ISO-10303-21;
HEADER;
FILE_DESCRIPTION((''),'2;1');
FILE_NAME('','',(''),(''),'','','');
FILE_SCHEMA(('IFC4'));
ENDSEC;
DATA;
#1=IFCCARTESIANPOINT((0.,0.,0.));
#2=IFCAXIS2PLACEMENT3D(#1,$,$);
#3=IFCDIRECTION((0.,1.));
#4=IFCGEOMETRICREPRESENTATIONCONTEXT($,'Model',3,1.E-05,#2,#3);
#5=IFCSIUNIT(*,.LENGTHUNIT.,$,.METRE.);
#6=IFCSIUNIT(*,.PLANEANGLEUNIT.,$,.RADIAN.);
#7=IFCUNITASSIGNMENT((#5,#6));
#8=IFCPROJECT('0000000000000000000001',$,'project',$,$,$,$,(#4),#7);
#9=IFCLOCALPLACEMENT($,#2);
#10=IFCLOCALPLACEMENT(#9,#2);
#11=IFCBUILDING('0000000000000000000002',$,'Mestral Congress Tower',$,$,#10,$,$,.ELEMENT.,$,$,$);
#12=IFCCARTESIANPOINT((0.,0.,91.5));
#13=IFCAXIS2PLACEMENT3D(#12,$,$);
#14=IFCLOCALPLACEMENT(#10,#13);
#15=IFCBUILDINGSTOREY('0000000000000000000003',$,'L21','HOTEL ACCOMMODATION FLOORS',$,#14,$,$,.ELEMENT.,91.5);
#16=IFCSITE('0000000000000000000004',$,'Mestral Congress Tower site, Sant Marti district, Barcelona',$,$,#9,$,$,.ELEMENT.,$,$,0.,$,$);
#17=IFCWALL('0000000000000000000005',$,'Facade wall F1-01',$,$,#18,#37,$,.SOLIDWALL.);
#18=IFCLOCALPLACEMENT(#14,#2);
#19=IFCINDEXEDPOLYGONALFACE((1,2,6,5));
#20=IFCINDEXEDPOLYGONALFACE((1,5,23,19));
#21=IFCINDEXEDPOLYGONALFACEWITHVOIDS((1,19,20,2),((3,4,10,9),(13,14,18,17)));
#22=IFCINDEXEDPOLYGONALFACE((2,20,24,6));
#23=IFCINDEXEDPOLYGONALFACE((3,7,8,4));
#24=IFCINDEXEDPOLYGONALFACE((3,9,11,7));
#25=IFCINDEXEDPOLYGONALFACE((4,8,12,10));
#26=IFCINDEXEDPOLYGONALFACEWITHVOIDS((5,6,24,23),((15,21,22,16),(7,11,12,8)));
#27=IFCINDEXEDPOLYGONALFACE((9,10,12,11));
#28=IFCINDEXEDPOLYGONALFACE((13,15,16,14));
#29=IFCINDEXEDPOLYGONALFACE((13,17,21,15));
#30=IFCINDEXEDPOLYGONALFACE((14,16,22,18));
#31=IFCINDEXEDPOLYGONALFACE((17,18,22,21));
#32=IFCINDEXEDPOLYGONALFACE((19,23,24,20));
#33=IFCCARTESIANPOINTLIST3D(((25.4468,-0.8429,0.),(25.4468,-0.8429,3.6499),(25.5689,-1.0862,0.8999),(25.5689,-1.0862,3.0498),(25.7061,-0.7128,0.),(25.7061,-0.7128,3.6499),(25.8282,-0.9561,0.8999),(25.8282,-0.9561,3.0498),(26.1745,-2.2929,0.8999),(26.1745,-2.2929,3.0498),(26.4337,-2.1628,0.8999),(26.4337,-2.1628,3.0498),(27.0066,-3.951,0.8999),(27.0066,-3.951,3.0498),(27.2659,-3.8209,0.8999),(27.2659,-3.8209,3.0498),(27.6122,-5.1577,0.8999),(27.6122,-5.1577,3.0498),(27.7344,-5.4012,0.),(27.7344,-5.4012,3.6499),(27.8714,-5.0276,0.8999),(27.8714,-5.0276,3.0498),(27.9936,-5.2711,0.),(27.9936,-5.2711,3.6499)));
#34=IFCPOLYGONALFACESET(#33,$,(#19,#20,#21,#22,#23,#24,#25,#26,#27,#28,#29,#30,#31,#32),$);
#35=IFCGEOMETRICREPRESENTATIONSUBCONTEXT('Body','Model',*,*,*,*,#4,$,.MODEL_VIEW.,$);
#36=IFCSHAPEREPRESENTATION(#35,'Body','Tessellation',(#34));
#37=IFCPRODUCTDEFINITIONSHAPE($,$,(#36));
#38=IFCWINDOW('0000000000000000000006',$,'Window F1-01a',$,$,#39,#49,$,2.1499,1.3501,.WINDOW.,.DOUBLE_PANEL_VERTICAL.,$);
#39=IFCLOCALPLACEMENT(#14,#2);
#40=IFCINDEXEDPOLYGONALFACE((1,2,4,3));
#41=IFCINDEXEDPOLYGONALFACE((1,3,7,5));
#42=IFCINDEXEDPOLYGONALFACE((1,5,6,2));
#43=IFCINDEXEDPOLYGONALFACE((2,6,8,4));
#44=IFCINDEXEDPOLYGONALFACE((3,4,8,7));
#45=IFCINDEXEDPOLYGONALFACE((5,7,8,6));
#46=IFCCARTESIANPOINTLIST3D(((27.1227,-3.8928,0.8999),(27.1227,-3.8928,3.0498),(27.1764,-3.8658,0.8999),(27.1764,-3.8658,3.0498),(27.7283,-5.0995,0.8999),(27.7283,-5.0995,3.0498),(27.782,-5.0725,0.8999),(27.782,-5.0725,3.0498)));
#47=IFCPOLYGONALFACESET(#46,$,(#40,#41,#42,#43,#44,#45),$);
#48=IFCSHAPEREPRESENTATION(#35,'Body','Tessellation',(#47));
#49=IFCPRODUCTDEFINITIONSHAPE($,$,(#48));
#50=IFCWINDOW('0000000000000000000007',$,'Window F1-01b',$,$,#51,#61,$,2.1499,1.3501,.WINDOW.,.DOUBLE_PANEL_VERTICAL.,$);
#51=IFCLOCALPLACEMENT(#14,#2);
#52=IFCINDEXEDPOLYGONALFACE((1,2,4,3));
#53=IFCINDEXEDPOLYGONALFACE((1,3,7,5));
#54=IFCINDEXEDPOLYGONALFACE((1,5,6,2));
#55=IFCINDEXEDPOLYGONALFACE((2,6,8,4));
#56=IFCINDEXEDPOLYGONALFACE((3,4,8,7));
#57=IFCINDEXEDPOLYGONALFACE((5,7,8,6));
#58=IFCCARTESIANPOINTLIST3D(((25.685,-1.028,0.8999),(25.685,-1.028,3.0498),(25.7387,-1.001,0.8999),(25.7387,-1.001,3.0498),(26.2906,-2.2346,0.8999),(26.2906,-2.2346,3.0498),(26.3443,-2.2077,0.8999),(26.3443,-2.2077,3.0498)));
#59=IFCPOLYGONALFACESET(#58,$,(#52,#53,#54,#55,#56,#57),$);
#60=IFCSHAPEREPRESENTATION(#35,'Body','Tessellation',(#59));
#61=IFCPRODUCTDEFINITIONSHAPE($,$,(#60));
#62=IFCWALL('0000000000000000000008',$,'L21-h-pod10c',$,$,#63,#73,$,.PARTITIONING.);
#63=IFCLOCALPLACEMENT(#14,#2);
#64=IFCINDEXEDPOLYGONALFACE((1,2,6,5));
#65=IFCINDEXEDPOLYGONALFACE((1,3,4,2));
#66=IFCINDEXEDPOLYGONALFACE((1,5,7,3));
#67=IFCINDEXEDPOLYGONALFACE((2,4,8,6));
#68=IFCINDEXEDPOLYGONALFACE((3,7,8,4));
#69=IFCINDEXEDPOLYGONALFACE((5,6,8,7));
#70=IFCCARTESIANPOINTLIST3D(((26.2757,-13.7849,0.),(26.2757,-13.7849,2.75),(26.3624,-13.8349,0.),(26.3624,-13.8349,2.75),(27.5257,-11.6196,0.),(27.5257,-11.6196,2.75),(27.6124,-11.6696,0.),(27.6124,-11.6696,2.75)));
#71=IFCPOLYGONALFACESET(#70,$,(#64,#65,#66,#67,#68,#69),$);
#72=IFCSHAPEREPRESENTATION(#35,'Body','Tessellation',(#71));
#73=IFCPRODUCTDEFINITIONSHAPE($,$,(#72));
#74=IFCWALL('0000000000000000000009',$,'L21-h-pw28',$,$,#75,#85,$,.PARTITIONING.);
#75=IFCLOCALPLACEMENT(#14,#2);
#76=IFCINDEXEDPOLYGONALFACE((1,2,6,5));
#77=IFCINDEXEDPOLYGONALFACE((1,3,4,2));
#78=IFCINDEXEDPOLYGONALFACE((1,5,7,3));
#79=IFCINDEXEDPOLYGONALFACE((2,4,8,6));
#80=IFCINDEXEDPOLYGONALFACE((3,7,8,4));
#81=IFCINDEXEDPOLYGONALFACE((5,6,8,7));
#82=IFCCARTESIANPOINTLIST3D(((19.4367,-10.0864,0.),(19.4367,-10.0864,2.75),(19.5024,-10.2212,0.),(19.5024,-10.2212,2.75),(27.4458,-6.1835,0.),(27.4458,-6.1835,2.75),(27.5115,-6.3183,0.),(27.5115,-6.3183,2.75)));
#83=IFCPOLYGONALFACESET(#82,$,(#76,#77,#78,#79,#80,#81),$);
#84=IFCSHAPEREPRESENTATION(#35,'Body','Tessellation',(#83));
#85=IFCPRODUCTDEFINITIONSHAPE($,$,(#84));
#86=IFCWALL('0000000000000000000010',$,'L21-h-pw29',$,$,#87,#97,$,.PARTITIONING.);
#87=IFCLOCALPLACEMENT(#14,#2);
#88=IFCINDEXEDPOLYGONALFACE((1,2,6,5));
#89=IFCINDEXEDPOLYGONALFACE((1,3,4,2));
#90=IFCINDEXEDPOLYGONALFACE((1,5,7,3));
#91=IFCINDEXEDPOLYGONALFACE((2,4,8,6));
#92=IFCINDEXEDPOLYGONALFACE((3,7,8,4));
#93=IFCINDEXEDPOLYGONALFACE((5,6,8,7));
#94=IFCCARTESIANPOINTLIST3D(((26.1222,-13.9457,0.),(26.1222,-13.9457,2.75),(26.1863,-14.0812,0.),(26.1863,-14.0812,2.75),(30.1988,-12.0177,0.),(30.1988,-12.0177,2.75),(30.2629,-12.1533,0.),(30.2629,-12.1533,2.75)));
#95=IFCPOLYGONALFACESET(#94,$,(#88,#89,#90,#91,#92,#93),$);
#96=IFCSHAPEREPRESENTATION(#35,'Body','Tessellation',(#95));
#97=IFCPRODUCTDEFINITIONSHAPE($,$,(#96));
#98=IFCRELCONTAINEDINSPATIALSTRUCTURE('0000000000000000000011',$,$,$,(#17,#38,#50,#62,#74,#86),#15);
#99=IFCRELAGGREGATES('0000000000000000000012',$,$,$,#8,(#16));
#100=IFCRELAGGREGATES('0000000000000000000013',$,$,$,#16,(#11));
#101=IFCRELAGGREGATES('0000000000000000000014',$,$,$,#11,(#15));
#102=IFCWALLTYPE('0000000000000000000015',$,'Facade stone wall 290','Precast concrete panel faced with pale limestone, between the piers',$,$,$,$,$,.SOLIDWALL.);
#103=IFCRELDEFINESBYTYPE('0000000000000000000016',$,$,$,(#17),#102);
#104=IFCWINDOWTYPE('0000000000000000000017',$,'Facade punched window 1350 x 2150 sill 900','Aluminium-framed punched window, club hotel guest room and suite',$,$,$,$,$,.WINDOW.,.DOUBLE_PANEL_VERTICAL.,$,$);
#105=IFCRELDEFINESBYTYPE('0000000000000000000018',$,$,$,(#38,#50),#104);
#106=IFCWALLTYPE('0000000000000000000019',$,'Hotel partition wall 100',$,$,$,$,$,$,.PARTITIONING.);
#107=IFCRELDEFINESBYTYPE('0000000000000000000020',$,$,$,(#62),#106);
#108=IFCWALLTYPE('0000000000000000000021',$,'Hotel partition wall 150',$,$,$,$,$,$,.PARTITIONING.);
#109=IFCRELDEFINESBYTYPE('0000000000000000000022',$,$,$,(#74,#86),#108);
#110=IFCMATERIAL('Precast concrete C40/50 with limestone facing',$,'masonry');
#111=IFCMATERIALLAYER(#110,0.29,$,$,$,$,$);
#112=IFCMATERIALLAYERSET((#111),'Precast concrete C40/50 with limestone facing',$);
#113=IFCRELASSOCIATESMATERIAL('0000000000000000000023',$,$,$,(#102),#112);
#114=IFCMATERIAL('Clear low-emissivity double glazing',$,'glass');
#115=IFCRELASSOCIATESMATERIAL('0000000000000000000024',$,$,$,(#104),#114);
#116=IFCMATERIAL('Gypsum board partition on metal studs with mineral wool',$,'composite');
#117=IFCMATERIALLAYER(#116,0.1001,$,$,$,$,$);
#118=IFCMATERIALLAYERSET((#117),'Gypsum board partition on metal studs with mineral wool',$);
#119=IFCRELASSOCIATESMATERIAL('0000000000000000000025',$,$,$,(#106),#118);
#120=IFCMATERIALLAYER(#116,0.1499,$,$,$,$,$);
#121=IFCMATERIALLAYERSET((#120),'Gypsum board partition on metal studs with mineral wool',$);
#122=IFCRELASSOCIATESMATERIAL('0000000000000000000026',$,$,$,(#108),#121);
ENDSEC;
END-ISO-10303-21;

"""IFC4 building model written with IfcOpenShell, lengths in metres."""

from ifc_helpers import new_model, si_unit, direction, frame, frame_2d, origin, place, context, subcontext, project, spatial, rectangle, extrude, material, layer, layer_set, type_object, element, fill, save


model = new_model("IFC4")

# Units and contexts
model_context = context("Model", 3, precision=1e-05, world=origin(), true_north=direction((0.0, 1.0)))
body_context = subcontext(model_context, "Body", "Model", "MODEL_VIEW")
ifc_project = project(units=[si_unit("LENGTHUNIT", "METRE"), si_unit("PLANEANGLEUNIT", "RADIAN")], contexts=[model_context])

# Site, building, storey
site_placement = place(None, origin())
site = spatial("IfcSite", under=ifc_project, at=site_placement, Name="Mestral Congress Tower site, Sant Marti district, Barcelona", CompositionType="ELEMENT", RefElevation=0.0)
building_placement = place(site_placement, origin())
building = spatial("IfcBuilding", under=site, at=building_placement, Name="Mestral Congress Tower", CompositionType="ELEMENT")
storey_placement = place(building_placement, frame((0.0, 0.0, 91.5)))
storey = spatial("IfcBuildingStorey", under=building, at=storey_placement, Name="L21", Description="HOTEL ACCOMMODATION FLOORS", CompositionType="ELEMENT", Elevation=91.5)

# Shared definitions
ifc_material_1 = material(Name="Precast concrete C40/50 with limestone facing", Category="masonry")
ifc_layer_1 = layer(ifc_material_1, 0.29)
ifc_layer_set_1 = layer_set([ifc_layer_1], Name="Precast concrete C40/50 with limestone facing")
wall_type_1 = type_object("IfcWallType", Name="Facade stone wall 290", Description="Precast concrete panel faced with pale limestone, between the piers", PredefinedType="SOLIDWALL", material=ifc_layer_set_1)
ifc_material_2 = material(Name="Clear low-emissivity double glazing", Category="glass")

# Wall, openings, windows
window_type_1 = type_object("IfcWindowType", Name="Facade punched window 1350 x 2150 sill 900", Description="Aluminium-framed punched window, club hotel guest room and suite", PartitioningType="DOUBLE_PANEL_VERTICAL", PredefinedType="WINDOW", material=ifc_material_2)
wall_1_placement = place(storey_placement, frame((27.864, -5.3362, 0.0), z_axis=(0.0, 0.0, 1.0), x_axis=(-0.448534, 0.893766, 0.0)))
wall_1 = element("IfcWall", 1, at=wall_1_placement, inside=storey, type_object=wall_type_1, Name="Facade wall F1-01", PredefinedType="SOLIDWALL", context=body_context, shape_type="SweptSolid", body=[
    extrude(rectangle(XDim=5.1001, YDim=0.29, at=frame_2d((2.55, 0.0))), origin(), (0.0, 0.0, 1.0), 3.6499),
])
opening_1_placement = place(wall_1_placement, frame((0.2725, 0.0, 0.8999)))
opening_1 = element("IfcOpeningElement", 2, at=opening_1_placement, cuts=wall_1, PredefinedType="OPENING", context=body_context, shape_type="SweptSolid", body=[
    extrude(rectangle(XDim=1.3501, YDim=2.1499, at=frame_2d((0.675, 1.075))), frame((0.0, 0.155, 0.0), z_axis=(0.0, -1.0, 0.0), x_axis=(1.0, 0.0, 0.0)), (0.0, 0.0, 1.0), 0.3101),
])
opening_2_placement = place(wall_1_placement, frame((3.4778, 0.0, 0.8999)))
opening_2 = element("IfcOpeningElement", 3, at=opening_2_placement, cuts=wall_1, PredefinedType="OPENING", context=body_context, shape_type="SweptSolid", body=[
    extrude(rectangle(XDim=1.3501, YDim=2.1499, at=frame_2d((0.675, 1.075))), frame((0.0, 0.155, 0.0), z_axis=(0.0, -1.0, 0.0), x_axis=(1.0, 0.0, 0.0)), (0.0, 0.0, 1.0), 0.3101),
])
window_1_placement = place(opening_1_placement, origin())
window_1 = element("IfcWindow", 4, at=window_1_placement, inside=storey, type_object=window_type_1, Name="Window F1-01a", OverallHeight=2.1499, OverallWidth=1.3501, PartitioningType="DOUBLE_PANEL_VERTICAL", PredefinedType="WINDOW", context=body_context, shape_type="SweptSolid", body=[
    extrude(rectangle(XDim=1.3501, YDim=2.1499, at=frame_2d((0.675, 1.075))), frame((0.0, 0.0151, 0.0), z_axis=(0.0, -1.0, 0.0), x_axis=(1.0, 0.0, 0.0)), (0.0, 0.0, 1.0), 0.0601),
])
fill(opening_1, window_1)
window_2_placement = place(opening_2_placement, origin())
window_2 = element("IfcWindow", 5, at=window_2_placement, inside=storey, type_object=window_type_1, Name="Window F1-01b", OverallHeight=2.1499, OverallWidth=1.3501, PartitioningType="DOUBLE_PANEL_VERTICAL", PredefinedType="WINDOW", context=body_context, shape_type="SweptSolid", body=[
    extrude(rectangle(XDim=1.3501, YDim=2.1499, at=frame_2d((0.675, 1.075))), frame((0.0, 0.0151, 0.0), z_axis=(0.0, -1.0, 0.0), x_axis=(1.0, 0.0, 0.0)), (0.0, 0.0, 1.0), 0.0601),
])
fill(opening_2, window_2)

# Walls
ifc_material_3 = material(Name="Gypsum board partition on metal studs with mineral wool", Category="composite")
ifc_layer_2 = layer(ifc_material_3, 0.1001)
ifc_layer_set_2 = layer_set([ifc_layer_2], Name="Gypsum board partition on metal studs with mineral wool")
wall_type_2 = type_object("IfcWallType", Name="Hotel partition wall 100", PredefinedType="PARTITIONING", material=ifc_layer_set_2)
wall_2_placement = place(storey_placement, frame((26.3191, -13.8098, 0.0), z_axis=(0.0, 0.0, 1.0), x_axis=(0.499962, 0.866047, 0.0)))
element("IfcWall", 6, at=wall_2_placement, inside=storey, type_object=wall_type_2, Name="L21-h-pod10c", PredefinedType="PARTITIONING", context=body_context, shape_type="SweptSolid", body=[
    extrude(rectangle(XDim=2.5002, YDim=0.1001, at=frame_2d((1.25, 0.0))), origin(), (0.0, 0.0, 1.0), 2.75),
])
ifc_layer_3 = layer(ifc_material_3, 0.1499)
ifc_layer_set_3 = layer_set([ifc_layer_3], Name="Gypsum board partition on metal studs with mineral wool")
wall_type_3 = type_object("IfcWallType", Name="Hotel partition wall 150", PredefinedType="PARTITIONING", material=ifc_layer_set_3)
wall_3_placement = place(storey_placement, frame((27.4785, -6.251, 0.0), z_axis=(0.0, 0.0, 1.0), x_axis=(-0.898946, -0.43806, 0.0)))
element("IfcWall", 7, at=wall_3_placement, inside=storey, type_object=wall_type_3, Name="L21-h-pw28", PredefinedType="PARTITIONING", context=body_context, shape_type="SweptSolid", body=[
    extrude(rectangle(XDim=8.9094, YDim=0.1499, at=frame_2d((4.4546, 0.0))), origin(), (0.0, 0.0, 1.0), 2.75),
])
wall_4_placement = place(storey_placement, frame((30.231, -12.0854, 0.0), z_axis=(0.0, 0.0, 1.0), x_axis=(-0.904001, -0.42753, 0.0)))
element("IfcWall", 8, at=wall_4_placement, inside=storey, type_object=wall_type_3, Name="L21-h-pw29", PredefinedType="PARTITIONING", context=body_context, shape_type="SweptSolid", body=[
    extrude(rectangle(XDim=4.5095, YDim=0.1499, at=frame_2d((2.2549, 0.0))), origin(), (0.0, 0.0, 1.0), 2.75),
])

save(model, "model.ifc")
